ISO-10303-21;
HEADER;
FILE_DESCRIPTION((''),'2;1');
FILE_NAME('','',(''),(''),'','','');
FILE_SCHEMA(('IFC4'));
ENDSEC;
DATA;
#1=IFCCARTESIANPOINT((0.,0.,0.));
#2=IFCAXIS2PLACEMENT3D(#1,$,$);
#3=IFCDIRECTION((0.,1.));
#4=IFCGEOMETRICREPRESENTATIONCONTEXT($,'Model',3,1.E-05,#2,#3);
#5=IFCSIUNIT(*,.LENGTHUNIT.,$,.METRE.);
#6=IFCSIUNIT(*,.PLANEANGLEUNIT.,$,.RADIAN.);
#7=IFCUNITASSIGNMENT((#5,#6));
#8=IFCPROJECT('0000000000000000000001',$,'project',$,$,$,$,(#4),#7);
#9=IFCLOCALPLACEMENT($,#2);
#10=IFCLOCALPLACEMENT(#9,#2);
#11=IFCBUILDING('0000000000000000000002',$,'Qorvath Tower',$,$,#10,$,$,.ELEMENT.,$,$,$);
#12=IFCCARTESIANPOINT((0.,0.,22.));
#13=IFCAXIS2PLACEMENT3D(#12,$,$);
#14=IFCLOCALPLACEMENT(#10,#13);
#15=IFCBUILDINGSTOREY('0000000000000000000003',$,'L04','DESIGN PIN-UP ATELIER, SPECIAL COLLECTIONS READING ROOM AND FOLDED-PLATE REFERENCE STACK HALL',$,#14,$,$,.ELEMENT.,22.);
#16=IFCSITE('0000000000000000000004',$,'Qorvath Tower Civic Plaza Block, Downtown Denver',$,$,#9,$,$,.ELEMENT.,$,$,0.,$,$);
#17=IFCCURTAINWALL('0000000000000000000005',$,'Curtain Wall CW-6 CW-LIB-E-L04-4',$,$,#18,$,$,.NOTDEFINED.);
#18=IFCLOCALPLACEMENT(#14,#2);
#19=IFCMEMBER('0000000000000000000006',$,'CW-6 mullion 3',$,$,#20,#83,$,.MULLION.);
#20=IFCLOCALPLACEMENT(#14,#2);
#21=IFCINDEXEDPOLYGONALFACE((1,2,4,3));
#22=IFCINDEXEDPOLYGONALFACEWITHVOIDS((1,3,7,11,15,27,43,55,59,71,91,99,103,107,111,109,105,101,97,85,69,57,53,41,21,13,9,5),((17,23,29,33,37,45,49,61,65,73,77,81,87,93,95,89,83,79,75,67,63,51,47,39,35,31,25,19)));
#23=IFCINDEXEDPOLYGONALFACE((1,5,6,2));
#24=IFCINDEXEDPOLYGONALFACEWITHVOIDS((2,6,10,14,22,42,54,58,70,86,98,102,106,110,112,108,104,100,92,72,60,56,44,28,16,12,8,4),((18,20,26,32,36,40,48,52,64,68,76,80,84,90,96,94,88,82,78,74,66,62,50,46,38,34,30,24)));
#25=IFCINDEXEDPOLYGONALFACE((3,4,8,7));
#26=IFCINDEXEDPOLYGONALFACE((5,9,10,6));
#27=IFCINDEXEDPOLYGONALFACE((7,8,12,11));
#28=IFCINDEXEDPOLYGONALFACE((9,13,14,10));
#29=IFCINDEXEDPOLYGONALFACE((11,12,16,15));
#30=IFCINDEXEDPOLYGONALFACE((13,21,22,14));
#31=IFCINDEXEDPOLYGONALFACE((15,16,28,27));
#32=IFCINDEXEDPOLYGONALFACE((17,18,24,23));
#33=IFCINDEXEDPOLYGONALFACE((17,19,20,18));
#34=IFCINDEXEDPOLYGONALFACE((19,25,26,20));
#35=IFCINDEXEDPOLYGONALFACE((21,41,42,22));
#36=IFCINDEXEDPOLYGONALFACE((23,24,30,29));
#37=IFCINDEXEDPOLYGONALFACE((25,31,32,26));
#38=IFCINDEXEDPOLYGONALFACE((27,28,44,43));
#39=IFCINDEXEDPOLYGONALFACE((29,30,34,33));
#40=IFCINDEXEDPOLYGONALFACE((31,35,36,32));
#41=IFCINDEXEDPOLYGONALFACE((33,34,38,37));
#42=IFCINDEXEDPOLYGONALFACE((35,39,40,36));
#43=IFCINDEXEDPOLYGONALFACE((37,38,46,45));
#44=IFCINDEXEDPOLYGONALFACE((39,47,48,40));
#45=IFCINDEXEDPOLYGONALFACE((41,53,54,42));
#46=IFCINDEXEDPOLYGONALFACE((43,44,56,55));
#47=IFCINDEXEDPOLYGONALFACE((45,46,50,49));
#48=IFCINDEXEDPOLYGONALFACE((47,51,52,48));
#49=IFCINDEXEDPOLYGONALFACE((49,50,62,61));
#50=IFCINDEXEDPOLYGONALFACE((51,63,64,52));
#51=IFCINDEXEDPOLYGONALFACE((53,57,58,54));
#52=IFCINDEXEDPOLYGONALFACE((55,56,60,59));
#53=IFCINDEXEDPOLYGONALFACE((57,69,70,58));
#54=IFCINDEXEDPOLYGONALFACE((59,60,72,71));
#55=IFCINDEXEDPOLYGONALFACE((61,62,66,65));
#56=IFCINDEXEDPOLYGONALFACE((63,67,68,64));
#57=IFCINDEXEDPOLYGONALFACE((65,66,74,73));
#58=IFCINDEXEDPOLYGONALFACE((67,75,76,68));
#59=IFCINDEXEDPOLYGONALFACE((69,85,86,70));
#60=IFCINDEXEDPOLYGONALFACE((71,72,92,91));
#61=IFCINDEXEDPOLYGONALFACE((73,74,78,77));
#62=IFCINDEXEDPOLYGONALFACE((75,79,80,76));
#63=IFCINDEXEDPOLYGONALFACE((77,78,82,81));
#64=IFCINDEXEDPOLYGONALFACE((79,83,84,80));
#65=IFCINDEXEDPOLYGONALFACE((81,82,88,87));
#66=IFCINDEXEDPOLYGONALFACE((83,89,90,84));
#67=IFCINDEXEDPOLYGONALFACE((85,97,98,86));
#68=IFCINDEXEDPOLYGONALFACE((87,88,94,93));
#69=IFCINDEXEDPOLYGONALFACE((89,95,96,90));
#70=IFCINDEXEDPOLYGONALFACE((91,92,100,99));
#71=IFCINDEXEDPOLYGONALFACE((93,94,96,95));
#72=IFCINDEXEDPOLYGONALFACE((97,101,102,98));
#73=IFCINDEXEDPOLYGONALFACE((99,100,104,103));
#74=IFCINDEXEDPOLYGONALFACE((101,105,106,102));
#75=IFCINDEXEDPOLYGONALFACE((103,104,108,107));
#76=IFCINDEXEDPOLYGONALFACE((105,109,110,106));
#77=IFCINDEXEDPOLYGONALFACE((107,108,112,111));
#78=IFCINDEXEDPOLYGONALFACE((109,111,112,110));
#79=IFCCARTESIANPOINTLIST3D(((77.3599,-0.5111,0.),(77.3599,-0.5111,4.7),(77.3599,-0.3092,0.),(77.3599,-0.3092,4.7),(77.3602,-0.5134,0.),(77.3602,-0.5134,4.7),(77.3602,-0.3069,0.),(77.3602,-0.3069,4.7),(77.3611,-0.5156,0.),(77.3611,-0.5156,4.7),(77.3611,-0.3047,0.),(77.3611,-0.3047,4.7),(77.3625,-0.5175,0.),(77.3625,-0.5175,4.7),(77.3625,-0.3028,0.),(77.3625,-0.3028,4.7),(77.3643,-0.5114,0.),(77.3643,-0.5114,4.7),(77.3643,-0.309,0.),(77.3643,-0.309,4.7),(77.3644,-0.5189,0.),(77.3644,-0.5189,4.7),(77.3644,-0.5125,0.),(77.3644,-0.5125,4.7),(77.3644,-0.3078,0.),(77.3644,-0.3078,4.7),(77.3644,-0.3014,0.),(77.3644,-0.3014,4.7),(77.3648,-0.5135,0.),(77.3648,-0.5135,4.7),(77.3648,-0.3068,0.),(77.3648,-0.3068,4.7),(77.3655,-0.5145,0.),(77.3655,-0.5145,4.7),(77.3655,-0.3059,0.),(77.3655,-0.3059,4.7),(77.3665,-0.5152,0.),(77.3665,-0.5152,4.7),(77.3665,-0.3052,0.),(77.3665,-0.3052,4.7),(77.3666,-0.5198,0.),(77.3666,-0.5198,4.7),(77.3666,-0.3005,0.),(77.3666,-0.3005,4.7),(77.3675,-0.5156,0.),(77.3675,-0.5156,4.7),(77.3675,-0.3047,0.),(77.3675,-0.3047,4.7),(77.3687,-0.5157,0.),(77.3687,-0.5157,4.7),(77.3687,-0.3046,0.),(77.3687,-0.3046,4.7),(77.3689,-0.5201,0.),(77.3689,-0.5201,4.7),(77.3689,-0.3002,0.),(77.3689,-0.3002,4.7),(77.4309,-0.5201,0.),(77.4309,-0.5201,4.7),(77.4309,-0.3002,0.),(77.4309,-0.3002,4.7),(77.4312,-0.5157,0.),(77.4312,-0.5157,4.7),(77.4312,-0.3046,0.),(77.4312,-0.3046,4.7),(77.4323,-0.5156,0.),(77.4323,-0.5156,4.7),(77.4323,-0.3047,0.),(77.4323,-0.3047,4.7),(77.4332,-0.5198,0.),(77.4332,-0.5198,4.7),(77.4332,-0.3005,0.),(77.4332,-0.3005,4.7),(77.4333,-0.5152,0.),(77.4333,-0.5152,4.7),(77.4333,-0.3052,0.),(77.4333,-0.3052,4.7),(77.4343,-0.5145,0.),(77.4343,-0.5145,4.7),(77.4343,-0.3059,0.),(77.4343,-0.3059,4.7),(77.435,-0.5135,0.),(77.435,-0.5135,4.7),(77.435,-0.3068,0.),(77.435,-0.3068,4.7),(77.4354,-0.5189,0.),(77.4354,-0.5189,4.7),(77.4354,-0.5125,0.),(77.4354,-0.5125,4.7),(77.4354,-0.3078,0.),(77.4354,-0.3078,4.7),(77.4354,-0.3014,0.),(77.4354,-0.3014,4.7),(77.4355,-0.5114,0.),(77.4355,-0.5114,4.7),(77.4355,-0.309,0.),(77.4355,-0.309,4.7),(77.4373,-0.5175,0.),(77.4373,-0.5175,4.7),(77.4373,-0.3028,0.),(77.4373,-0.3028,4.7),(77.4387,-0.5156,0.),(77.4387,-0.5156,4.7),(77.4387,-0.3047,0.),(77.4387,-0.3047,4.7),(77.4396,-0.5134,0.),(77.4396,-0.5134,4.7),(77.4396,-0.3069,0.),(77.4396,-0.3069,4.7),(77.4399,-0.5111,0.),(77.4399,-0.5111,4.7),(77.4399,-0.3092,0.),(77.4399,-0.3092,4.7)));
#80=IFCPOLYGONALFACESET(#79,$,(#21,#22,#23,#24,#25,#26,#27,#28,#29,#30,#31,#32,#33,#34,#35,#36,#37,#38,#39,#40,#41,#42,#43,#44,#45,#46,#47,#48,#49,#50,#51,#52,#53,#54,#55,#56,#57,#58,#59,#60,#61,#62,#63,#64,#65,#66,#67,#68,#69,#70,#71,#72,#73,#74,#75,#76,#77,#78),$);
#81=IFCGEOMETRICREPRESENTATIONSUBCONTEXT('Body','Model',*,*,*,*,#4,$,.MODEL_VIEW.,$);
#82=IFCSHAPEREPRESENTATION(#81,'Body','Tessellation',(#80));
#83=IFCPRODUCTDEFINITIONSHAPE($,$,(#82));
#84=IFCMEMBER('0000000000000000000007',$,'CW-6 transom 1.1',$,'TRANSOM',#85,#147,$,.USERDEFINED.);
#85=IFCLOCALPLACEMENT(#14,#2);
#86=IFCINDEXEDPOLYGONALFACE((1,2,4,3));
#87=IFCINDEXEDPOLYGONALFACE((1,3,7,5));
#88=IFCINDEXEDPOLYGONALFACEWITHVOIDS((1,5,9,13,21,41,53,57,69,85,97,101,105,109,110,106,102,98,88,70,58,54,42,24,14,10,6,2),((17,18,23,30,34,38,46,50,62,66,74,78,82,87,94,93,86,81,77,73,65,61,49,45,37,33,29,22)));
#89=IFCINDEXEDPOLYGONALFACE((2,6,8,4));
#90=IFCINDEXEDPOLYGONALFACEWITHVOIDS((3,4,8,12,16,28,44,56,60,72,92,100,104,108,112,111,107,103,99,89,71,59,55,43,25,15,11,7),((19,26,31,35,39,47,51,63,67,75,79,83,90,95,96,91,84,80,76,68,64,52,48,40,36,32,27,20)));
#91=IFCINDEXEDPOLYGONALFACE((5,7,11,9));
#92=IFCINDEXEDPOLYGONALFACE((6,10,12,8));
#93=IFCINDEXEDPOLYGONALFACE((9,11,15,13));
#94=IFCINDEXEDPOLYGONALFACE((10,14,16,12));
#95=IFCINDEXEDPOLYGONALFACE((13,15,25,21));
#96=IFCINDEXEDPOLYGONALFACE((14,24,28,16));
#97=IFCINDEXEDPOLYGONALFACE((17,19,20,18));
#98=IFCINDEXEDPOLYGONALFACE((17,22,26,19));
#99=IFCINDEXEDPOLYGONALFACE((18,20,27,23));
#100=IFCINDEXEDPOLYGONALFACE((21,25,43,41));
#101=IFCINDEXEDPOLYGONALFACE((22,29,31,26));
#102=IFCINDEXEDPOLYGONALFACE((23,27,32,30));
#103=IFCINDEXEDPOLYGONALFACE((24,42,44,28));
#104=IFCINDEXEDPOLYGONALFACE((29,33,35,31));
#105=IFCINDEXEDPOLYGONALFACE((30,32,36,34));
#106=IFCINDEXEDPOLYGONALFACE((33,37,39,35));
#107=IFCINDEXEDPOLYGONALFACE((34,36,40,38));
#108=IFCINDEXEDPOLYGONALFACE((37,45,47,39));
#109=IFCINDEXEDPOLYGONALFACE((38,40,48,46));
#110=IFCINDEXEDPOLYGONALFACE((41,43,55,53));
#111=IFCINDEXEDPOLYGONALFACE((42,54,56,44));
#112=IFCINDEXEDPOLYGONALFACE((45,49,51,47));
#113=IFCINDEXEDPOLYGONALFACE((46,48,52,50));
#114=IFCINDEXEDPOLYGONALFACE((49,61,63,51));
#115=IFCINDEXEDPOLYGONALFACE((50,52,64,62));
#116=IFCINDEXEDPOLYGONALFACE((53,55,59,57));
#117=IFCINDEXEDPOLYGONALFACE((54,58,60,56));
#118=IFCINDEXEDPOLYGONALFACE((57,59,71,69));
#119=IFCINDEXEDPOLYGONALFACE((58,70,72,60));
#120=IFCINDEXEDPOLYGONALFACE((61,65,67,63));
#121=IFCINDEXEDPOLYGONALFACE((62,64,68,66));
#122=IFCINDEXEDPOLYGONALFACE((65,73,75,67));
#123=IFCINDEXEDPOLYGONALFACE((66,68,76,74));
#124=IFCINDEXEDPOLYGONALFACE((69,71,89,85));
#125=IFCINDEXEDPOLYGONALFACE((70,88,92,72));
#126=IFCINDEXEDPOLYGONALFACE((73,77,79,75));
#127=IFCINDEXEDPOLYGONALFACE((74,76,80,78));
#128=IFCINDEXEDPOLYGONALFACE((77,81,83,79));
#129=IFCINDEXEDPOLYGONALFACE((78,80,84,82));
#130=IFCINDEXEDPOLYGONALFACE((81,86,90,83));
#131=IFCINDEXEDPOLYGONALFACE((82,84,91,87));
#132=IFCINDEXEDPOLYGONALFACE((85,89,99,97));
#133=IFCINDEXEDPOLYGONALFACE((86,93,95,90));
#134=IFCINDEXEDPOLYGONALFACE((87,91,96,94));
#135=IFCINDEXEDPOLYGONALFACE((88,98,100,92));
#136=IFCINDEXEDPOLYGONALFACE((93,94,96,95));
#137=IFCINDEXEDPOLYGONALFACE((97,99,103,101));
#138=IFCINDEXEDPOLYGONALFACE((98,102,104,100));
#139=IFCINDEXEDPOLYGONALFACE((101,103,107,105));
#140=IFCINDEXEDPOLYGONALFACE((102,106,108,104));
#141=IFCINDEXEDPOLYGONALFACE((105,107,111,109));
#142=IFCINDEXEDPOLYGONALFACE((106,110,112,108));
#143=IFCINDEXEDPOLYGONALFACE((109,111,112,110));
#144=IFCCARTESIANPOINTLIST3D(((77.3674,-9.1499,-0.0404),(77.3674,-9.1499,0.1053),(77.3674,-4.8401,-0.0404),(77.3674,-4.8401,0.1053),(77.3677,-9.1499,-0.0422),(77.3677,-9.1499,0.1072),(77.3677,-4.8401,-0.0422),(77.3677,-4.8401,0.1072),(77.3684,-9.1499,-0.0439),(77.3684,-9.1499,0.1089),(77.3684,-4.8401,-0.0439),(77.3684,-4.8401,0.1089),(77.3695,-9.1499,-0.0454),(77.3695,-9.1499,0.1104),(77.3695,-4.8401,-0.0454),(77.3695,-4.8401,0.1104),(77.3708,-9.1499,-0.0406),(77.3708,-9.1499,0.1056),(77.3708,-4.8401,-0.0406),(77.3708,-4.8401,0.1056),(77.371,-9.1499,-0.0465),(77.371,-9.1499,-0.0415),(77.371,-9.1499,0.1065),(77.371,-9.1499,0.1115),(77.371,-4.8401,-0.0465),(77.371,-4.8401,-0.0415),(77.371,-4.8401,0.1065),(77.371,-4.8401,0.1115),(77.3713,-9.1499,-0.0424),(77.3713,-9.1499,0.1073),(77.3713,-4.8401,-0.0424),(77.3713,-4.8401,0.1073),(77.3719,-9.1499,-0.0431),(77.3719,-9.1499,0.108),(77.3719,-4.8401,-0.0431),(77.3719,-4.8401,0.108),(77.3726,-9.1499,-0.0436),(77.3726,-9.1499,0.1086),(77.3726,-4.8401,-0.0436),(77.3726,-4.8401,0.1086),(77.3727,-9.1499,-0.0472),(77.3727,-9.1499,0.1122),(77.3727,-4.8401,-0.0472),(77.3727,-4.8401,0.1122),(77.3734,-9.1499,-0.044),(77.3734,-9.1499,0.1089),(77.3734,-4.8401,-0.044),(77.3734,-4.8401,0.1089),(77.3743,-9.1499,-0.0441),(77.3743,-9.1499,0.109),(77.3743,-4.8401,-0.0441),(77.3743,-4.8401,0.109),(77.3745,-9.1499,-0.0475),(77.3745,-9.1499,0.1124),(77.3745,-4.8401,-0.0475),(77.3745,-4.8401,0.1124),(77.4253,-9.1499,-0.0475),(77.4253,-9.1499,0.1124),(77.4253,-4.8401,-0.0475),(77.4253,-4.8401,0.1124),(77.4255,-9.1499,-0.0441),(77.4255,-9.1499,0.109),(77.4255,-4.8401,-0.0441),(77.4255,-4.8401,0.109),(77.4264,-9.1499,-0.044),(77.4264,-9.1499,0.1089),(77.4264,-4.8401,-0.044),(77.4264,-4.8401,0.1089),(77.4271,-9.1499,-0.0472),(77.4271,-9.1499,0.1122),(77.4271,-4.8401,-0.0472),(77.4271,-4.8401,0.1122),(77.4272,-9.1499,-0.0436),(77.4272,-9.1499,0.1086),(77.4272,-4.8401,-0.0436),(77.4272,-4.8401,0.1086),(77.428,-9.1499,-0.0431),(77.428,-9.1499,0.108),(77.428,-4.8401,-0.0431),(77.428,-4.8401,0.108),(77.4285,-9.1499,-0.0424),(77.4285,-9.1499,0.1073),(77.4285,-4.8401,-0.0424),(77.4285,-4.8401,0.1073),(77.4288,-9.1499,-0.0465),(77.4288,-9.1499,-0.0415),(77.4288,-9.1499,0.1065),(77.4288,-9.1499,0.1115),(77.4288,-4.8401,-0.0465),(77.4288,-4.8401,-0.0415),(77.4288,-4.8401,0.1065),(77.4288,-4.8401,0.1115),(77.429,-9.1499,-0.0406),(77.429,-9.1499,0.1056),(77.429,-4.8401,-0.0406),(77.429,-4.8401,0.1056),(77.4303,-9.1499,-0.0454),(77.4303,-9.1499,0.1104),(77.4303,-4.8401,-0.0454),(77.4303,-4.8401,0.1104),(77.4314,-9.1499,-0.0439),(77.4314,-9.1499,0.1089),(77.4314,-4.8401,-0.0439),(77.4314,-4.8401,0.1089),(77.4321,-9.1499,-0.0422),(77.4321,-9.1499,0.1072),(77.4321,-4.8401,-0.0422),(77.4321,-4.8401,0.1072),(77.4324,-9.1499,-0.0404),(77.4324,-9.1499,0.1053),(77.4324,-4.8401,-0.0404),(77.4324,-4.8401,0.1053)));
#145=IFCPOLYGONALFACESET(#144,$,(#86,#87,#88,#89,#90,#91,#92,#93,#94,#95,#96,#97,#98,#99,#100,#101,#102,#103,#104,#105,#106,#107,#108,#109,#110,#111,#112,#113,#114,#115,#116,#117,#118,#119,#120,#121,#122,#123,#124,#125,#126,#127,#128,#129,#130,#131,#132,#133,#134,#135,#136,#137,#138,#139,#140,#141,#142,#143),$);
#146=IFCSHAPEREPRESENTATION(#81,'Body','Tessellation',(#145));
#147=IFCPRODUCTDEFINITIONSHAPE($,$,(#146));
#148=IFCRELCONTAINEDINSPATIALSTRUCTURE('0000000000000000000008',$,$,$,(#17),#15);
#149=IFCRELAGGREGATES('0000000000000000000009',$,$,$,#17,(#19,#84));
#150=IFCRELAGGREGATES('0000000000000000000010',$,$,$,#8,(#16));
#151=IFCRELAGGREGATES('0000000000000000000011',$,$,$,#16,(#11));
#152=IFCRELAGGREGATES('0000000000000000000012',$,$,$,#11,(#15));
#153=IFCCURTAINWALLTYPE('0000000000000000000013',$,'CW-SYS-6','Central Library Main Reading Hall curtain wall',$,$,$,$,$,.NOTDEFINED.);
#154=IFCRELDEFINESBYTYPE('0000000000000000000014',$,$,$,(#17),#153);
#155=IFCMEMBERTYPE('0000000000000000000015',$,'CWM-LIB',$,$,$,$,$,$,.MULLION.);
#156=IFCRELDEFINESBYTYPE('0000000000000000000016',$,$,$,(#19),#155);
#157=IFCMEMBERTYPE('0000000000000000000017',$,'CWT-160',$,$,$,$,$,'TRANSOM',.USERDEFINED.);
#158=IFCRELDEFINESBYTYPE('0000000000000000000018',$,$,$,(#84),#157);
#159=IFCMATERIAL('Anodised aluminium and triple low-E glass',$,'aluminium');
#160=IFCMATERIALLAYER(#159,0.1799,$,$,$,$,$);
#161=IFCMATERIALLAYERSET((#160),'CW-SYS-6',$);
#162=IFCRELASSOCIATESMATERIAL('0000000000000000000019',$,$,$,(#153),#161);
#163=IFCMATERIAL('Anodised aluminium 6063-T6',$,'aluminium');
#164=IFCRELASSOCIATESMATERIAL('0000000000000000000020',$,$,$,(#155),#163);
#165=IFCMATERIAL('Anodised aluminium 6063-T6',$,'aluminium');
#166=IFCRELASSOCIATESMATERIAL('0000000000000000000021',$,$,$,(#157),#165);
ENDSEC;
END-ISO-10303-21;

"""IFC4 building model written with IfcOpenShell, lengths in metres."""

from ifc_helpers import new_model, si_unit, direction, frame, origin, origin_2d, place, context, subcontext, project, spatial, hollow_rectangle, extrude, material, layer, layer_set, material_profile, profile_set, type_object, element, aggregate, save


model = new_model("IFC4")

# Units and contexts
model_context = context("Model", 3, precision=1e-05, world=origin(), true_north=direction((0.0, 1.0)))
body_context = subcontext(model_context, "Body", "Model", "MODEL_VIEW")
ifc_project = project(units=[si_unit("LENGTHUNIT", "METRE"), si_unit("PLANEANGLEUNIT", "RADIAN")], contexts=[model_context])

# Site, building, storey
site_placement = place(None, origin())
site = spatial("IfcSite", under=ifc_project, at=site_placement, Name="Qorvath Tower Civic Plaza Block, Downtown Denver", CompositionType="ELEMENT", RefElevation=0.0)
building_placement = place(site_placement, origin())
building = spatial("IfcBuilding", under=site, at=building_placement, Name="Qorvath Tower", CompositionType="ELEMENT")
storey_placement = place(building_placement, frame((0.0, 0.0, 22.0)))
storey = spatial("IfcBuildingStorey", under=building, at=storey_placement, Name="L04", Description="DESIGN PIN-UP ATELIER, SPECIAL COLLECTIONS READING ROOM AND FOLDED-PLATE REFERENCE STACK HALL", CompositionType="ELEMENT", Elevation=22.0)

# Curtain wall, members
ifc_material_1 = material(Name="Anodised aluminium and triple low-E glass", Category="aluminium")
ifc_layer_1 = layer(ifc_material_1, 0.1799)
ifc_layer_set_1 = layer_set([ifc_layer_1], Name="CW-SYS-6")
curtain_wall_type = type_object("IfcCurtainWallType", Name="CW-SYS-6", Description="Central Library Main Reading Hall curtain wall", PredefinedType="NOTDEFINED", material=ifc_layer_set_1)
curtain_wall_placement = place(storey_placement, origin())
curtain_wall = element("IfcCurtainWall", 1, at=curtain_wall_placement, inside=storey, type_object=curtain_wall_type, Name="Curtain Wall CW-6 CW-LIB-E-L04-4", PredefinedType="NOTDEFINED")
ifc_material_2 = material(Name="Anodised aluminium 6063-T6", Category="aluminium")
ifc_material_profile_1 = material_profile(ifc_material_2, hollow_rectangle(XDim=0.0801, YDim=0.22, WallThickness=0.0044, InnerFilletRadius=0.0044, OuterFilletRadius=0.009, at=origin_2d()), Name="CWM LIB 220x80")
ifc_profile_set_1 = profile_set([ifc_material_profile_1], Name="Anodised aluminium 6063-T6")
member_type_1 = type_object("IfcMemberType", Name="CWM-LIB", PredefinedType="MULLION", material=ifc_profile_set_1)
member_1_placement = place(storey_placement, frame((77.3999, -0.4102, 0.0), z_axis=(0.0, 0.0, 1.0), x_axis=(-1.0, 0.0, 0.0)))
member_1 = element("IfcMember", 2, at=member_1_placement, type_object=member_type_1, Name="CW-6 mullion 3", PredefinedType="MULLION", context=body_context, shape_type="SweptSolid", body=[
    extrude(hollow_rectangle(XDim=0.0801, YDim=0.22, WallThickness=0.0044, InnerFilletRadius=0.0044, OuterFilletRadius=0.009, at=origin_2d()), origin(), (0.0, 0.0, 1.0), 4.7),
])
ifc_material_3 = material(Name="Anodised aluminium 6063-T6", Category="aluminium")
ifc_material_profile_2 = material_profile(ifc_material_3, hollow_rectangle(XDim=0.0649, YDim=0.1599, WallThickness=0.0034, InnerFilletRadius=0.0034, OuterFilletRadius=0.0071, at=origin_2d()), Name="CWT 160x65")
ifc_profile_set_2 = profile_set([ifc_material_profile_2], Name="Anodised aluminium 6063-T6")
member_type_2 = type_object("IfcMemberType", Name="CWT-160", ElementType="TRANSOM", PredefinedType="USERDEFINED", material=ifc_profile_set_2)
member_2_placement = place(storey_placement, frame((77.3999, -9.1499, 0.0325), z_axis=(0.0, 1.0, 0.0), x_axis=(-1.0, 0.0, 0.0)))
member_2 = element("IfcMember", 3, at=member_2_placement, type_object=member_type_2, Name="CW-6 transom 1.1", ObjectType="TRANSOM", PredefinedType="USERDEFINED", context=body_context, shape_type="SweptSolid", body=[
    extrude(hollow_rectangle(XDim=0.0649, YDim=0.1599, WallThickness=0.0034, InnerFilletRadius=0.0034, OuterFilletRadius=0.0071, at=origin_2d()), origin(), (0.0, 0.0, 1.0), 4.3098),
])
aggregate(curtain_wall, [member_1, member_2])

save(model, "model.ifc")
